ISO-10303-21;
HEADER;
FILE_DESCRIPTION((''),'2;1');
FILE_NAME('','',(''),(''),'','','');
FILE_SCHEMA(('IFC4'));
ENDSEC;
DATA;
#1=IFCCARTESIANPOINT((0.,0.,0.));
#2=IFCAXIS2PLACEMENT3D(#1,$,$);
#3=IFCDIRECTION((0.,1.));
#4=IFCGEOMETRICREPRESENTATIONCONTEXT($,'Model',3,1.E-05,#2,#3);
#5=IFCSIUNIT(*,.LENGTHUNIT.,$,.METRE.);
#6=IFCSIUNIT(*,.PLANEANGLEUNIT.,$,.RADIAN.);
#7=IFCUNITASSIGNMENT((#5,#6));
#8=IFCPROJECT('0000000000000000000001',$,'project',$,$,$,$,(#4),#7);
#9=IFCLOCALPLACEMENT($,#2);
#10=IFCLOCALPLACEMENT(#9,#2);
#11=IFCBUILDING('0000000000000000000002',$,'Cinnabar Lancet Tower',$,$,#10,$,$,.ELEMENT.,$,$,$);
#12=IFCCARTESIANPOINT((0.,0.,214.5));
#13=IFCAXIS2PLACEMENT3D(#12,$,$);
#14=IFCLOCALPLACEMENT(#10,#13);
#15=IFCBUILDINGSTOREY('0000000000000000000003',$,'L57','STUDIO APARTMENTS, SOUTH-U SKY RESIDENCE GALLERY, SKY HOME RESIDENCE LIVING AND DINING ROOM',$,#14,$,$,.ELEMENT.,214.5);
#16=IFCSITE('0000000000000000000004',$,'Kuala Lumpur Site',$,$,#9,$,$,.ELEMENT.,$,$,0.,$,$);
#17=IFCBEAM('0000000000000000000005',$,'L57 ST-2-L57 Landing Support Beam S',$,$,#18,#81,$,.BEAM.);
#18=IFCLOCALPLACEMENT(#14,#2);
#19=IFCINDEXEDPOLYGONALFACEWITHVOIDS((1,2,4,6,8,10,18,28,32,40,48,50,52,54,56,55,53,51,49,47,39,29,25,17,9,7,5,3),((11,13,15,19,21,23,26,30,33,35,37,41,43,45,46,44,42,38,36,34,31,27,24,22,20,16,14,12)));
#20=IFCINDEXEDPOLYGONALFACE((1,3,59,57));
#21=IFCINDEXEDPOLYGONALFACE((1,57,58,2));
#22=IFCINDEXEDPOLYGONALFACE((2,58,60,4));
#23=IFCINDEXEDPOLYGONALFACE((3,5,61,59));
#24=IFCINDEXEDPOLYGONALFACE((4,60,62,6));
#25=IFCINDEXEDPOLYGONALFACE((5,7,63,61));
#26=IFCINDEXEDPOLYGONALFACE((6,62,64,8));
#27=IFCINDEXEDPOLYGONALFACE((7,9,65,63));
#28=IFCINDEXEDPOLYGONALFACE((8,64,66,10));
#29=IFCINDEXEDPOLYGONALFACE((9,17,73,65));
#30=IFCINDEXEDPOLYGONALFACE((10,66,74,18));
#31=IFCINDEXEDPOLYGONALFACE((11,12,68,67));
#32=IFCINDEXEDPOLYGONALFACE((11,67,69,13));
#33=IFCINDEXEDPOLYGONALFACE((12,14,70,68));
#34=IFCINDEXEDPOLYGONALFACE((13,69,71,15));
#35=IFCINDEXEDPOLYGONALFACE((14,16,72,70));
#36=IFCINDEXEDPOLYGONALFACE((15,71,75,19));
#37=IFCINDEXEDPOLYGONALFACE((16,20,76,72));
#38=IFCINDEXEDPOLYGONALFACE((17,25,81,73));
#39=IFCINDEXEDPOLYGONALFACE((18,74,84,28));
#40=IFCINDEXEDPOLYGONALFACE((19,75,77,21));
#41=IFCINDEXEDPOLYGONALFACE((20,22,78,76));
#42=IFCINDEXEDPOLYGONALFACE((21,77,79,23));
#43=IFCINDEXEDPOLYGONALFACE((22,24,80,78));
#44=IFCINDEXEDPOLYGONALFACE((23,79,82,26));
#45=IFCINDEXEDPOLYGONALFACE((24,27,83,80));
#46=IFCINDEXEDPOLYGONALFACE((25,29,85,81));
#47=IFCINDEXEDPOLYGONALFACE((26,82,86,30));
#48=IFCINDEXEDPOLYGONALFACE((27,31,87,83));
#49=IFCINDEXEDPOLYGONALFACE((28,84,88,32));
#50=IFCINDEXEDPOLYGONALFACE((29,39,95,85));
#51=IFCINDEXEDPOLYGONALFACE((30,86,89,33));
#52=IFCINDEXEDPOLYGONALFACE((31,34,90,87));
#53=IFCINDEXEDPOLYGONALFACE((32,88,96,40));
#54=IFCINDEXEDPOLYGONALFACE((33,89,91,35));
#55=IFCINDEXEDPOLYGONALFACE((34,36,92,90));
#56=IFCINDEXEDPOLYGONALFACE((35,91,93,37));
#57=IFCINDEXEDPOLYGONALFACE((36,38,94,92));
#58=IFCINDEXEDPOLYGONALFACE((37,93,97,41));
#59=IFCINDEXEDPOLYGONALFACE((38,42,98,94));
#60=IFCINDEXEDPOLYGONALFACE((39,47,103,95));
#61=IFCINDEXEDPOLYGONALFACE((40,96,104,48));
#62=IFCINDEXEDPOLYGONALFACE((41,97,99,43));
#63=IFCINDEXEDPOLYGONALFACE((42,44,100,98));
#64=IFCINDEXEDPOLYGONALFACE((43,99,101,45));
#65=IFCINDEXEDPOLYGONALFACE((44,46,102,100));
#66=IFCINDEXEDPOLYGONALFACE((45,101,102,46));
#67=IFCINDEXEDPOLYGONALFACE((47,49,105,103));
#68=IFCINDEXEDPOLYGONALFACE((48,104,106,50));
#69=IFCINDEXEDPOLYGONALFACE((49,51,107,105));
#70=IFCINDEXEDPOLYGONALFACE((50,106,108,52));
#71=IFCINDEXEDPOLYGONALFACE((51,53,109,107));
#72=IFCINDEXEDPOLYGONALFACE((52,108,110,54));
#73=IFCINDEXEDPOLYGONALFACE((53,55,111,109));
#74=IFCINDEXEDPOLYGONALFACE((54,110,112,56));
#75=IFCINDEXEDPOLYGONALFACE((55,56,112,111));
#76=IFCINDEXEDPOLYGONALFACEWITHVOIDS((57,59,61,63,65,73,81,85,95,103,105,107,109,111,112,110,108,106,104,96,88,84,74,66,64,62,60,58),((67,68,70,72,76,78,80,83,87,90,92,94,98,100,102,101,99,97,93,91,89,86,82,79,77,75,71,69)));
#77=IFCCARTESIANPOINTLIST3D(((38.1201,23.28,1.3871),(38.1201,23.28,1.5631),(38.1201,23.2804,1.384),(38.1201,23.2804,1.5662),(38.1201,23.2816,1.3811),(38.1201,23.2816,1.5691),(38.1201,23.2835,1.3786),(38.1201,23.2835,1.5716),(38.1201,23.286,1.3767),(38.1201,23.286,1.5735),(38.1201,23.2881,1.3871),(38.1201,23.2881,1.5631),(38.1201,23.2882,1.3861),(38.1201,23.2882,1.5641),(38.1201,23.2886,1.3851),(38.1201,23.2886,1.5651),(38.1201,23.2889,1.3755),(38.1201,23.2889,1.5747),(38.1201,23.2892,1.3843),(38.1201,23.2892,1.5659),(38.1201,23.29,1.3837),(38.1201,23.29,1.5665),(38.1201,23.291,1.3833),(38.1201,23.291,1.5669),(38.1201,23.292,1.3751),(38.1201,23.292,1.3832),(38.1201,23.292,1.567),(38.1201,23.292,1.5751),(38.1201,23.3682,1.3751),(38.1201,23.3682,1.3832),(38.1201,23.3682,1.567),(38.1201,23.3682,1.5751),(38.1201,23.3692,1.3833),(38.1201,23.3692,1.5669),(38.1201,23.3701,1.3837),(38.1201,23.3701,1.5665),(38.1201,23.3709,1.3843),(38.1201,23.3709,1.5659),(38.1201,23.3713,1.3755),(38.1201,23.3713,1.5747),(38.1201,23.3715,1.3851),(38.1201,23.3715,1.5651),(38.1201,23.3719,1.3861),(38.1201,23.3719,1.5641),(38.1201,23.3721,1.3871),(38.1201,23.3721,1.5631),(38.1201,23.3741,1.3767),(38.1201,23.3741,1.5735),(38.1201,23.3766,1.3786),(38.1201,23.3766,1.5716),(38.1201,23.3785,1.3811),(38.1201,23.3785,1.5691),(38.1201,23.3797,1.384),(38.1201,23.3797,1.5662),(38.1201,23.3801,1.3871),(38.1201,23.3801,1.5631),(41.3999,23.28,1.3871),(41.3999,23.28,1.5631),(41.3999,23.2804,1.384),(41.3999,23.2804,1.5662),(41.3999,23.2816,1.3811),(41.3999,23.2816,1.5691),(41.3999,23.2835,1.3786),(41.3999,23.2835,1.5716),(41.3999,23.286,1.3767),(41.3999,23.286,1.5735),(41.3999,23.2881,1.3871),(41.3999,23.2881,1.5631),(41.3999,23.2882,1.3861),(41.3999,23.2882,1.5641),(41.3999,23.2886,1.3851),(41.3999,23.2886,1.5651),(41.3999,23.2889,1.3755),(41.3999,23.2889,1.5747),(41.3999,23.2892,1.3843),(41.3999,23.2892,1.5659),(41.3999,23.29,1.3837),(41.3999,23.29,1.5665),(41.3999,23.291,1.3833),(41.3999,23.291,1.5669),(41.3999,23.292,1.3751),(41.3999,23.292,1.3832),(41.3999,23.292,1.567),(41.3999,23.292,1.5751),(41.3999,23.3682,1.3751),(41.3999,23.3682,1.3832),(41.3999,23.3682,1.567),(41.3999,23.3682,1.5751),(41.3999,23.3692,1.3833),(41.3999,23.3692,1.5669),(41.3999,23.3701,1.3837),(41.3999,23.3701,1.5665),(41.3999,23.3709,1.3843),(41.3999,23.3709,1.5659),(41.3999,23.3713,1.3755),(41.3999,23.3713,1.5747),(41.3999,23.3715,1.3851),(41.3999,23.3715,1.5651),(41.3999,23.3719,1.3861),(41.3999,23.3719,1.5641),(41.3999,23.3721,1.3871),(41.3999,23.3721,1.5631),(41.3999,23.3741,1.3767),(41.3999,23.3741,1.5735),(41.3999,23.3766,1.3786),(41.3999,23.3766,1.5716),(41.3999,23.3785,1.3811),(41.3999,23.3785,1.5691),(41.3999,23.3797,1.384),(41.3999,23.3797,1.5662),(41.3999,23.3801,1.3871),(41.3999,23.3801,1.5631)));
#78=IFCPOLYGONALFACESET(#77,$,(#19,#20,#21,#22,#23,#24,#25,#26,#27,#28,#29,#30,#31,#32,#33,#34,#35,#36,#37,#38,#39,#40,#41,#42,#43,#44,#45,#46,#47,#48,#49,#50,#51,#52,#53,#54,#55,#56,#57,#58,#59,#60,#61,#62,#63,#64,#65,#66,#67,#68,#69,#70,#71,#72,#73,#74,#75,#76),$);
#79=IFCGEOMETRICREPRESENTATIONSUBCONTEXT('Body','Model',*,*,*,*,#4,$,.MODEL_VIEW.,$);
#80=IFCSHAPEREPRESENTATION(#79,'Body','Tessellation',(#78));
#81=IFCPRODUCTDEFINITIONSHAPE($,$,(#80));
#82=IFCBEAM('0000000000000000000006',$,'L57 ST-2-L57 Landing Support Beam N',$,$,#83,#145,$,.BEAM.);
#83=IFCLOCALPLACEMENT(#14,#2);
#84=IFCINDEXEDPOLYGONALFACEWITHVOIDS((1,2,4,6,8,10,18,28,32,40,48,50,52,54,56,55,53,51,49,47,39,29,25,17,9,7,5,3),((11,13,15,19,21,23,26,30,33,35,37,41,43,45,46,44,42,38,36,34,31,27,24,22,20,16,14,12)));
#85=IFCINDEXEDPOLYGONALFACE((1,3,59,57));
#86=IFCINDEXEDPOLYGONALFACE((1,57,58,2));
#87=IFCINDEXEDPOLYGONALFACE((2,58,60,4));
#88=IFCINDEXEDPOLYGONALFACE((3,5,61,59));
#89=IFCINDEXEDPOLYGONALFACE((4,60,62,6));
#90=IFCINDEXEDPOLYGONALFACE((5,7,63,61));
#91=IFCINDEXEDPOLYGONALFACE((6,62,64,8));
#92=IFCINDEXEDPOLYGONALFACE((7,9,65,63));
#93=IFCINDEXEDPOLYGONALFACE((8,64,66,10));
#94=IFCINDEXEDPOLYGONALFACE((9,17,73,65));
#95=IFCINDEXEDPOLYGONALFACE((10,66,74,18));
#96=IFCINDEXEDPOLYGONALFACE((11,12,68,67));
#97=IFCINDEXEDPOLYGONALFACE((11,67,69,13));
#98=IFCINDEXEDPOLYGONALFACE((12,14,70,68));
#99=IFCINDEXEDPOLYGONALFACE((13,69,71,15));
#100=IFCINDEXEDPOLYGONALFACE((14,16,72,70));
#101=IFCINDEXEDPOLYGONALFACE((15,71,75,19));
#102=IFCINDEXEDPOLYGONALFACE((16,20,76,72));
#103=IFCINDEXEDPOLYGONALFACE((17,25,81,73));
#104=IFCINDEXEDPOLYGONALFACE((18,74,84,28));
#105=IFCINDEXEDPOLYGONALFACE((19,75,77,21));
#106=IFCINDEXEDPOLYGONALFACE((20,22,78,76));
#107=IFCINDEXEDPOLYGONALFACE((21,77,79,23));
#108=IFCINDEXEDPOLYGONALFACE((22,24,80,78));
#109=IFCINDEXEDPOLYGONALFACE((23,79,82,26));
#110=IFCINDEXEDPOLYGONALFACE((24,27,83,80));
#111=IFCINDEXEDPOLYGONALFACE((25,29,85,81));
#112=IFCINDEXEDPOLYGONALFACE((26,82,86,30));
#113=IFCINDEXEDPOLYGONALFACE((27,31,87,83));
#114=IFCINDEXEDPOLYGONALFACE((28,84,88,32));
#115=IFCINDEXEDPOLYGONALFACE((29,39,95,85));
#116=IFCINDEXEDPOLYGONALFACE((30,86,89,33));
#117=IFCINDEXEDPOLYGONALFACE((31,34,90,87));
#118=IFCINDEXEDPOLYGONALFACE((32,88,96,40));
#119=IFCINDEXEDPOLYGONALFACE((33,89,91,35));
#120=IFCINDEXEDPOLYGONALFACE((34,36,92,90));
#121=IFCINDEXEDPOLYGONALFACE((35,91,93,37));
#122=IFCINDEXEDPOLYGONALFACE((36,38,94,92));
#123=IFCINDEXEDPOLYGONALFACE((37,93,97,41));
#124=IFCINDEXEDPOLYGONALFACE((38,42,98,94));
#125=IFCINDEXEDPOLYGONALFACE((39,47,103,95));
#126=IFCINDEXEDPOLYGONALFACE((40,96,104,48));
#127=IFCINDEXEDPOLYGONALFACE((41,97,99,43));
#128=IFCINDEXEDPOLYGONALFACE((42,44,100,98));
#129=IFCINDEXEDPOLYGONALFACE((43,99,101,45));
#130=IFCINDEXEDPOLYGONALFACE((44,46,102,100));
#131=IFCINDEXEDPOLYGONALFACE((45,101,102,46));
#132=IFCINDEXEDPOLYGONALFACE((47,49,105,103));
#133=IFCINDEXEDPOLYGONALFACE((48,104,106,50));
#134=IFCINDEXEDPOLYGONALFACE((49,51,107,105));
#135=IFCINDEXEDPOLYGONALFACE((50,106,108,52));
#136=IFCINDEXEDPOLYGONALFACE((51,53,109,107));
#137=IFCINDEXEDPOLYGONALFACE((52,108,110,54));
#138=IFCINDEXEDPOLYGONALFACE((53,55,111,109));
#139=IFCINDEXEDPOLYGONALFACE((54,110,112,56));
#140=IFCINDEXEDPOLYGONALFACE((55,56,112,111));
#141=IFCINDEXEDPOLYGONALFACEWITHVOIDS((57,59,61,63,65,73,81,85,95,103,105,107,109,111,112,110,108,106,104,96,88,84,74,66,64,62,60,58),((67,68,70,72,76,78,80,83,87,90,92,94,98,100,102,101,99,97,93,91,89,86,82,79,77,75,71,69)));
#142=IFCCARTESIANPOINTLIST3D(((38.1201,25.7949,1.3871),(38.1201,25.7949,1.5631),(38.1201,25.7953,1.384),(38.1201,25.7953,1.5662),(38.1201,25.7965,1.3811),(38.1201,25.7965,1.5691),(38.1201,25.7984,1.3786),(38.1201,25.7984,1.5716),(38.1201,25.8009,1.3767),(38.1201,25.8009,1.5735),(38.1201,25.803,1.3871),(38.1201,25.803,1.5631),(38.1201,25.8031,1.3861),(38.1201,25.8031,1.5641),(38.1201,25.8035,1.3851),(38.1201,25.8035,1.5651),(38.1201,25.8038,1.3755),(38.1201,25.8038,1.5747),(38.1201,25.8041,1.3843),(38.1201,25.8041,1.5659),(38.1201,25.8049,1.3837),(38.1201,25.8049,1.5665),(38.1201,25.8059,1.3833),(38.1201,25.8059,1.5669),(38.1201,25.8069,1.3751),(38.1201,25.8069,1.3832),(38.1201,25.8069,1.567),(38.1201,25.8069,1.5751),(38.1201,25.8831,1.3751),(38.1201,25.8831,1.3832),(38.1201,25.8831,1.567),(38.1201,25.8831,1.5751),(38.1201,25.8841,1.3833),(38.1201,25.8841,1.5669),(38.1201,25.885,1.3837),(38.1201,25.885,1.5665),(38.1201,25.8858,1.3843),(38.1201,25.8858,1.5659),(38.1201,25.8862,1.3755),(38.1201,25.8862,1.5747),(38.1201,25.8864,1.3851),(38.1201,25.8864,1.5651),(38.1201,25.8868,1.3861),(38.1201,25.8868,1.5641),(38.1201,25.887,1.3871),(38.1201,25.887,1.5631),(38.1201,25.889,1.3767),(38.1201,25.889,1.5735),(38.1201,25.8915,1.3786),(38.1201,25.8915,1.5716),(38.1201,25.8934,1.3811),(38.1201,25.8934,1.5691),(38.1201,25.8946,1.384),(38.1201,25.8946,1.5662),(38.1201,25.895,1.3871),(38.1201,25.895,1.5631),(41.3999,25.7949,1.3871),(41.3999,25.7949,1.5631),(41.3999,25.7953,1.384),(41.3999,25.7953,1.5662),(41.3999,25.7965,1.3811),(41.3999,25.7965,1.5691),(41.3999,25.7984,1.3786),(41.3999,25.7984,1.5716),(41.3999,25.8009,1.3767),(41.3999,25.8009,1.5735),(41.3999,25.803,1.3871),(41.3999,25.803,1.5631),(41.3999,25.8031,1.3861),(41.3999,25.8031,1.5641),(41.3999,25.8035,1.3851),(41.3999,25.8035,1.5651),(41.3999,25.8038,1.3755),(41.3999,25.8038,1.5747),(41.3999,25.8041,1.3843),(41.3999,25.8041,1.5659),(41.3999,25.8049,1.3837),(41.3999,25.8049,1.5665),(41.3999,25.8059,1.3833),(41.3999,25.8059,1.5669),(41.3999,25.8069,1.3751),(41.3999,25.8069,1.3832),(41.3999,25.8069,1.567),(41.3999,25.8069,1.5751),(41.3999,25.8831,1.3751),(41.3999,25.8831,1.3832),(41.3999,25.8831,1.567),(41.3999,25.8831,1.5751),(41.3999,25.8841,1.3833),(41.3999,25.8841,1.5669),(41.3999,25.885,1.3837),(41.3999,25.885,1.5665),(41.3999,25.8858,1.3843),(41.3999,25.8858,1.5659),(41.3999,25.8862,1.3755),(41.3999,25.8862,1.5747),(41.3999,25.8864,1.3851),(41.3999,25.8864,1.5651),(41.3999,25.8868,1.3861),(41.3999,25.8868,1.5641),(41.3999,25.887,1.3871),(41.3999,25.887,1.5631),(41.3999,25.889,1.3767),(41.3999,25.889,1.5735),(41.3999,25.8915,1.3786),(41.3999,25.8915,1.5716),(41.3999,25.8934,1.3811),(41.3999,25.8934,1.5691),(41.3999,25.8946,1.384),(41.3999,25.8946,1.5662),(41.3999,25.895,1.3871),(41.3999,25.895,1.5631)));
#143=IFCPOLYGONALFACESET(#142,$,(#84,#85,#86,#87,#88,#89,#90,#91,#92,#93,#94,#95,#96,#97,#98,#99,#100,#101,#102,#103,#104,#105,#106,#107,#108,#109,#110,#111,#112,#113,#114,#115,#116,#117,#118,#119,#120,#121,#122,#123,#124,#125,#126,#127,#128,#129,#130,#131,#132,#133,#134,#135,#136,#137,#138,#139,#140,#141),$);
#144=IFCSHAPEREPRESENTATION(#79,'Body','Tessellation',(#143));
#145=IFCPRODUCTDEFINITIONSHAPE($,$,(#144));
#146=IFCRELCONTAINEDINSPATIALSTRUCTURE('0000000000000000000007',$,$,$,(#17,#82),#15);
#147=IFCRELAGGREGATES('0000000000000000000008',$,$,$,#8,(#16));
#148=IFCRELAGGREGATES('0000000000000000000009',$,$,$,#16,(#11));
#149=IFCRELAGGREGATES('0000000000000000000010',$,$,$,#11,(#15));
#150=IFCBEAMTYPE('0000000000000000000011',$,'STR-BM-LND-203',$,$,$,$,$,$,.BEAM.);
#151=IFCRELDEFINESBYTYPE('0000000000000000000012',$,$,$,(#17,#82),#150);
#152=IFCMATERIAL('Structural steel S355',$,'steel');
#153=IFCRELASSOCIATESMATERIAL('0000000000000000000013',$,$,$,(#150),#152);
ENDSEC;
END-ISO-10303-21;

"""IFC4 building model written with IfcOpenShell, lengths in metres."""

from ifc_helpers import new_model, si_unit, direction, frame, origin, origin_2d, place, context, subcontext, project, spatial, hollow_rectangle, extrude, material, material_profile, profile_set, type_object, element, save


model = new_model("IFC4")

# Units and contexts
model_context = context("Model", 3, precision=1e-05, world=origin(), true_north=direction((0.0, 1.0)))
body_context = subcontext(model_context, "Body", "Model", "MODEL_VIEW")
ifc_project = project(units=[si_unit("LENGTHUNIT", "METRE"), si_unit("PLANEANGLEUNIT", "RADIAN")], contexts=[model_context])

# Site, building, storey
site_placement = place(None, origin())
site = spatial("IfcSite", under=ifc_project, at=site_placement, Name="Kuala Lumpur Site", CompositionType="ELEMENT", RefElevation=0.0)
building_placement = place(site_placement, origin())
building = spatial("IfcBuilding", under=site, at=building_placement, Name="Cinnabar Lancet Tower", CompositionType="ELEMENT")
storey_placement = place(building_placement, frame((0.0, 0.0, 214.5)))
storey = spatial("IfcBuildingStorey", under=building, at=storey_placement, Name="L57", Description="STUDIO APARTMENTS, SOUTH-U SKY RESIDENCE GALLERY, SKY HOME RESIDENCE LIVING AND DINING ROOM", CompositionType="ELEMENT", Elevation=214.5)

# Beams
ifc_material_1 = material(Name="Structural steel S355", Category="steel")
ifc_material_profile = material_profile(ifc_material_1, hollow_rectangle(XDim=0.1001, YDim=0.2, WallThickness=0.0081, InnerFilletRadius=0.0039, OuterFilletRadius=0.012, at=origin_2d()), Name="RHS 200x100x8")
ifc_profile_set = profile_set([ifc_material_profile], Name="Structural steel S355")
beam_type = type_object("IfcBeamType", Name="STR-BM-LND-203", PredefinedType="BEAM", material=ifc_profile_set)
for number, where, z_axis, x_axis, name in (
    (1, (38.1201, 23.3301, 1.4751), (1.0, 0.0, 0.0), (0.0, 1.0, 0.0), "L57 ST-2-L57 Landing Support Beam S"),
    (2, (38.1201, 25.845, 1.4751), (1.0, 0.0, 0.0), (0.0, 1.0, 0.0), "L57 ST-2-L57 Landing Support Beam N"),
):
    element("IfcBeam", number, at=place(storey_placement, frame(where, z_axis=z_axis, x_axis=x_axis)), inside=storey, type_object=beam_type, Name=name, PredefinedType="BEAM", context=body_context, shape_type="SweptSolid", body=[
        extrude(hollow_rectangle(XDim=0.1001, YDim=0.2, WallThickness=0.0081, InnerFilletRadius=0.0039, OuterFilletRadius=0.012, at=origin_2d()), origin(), (0.0, 0.0, 1.0), 3.2798),
    ])

save(model, "model.ifc")
